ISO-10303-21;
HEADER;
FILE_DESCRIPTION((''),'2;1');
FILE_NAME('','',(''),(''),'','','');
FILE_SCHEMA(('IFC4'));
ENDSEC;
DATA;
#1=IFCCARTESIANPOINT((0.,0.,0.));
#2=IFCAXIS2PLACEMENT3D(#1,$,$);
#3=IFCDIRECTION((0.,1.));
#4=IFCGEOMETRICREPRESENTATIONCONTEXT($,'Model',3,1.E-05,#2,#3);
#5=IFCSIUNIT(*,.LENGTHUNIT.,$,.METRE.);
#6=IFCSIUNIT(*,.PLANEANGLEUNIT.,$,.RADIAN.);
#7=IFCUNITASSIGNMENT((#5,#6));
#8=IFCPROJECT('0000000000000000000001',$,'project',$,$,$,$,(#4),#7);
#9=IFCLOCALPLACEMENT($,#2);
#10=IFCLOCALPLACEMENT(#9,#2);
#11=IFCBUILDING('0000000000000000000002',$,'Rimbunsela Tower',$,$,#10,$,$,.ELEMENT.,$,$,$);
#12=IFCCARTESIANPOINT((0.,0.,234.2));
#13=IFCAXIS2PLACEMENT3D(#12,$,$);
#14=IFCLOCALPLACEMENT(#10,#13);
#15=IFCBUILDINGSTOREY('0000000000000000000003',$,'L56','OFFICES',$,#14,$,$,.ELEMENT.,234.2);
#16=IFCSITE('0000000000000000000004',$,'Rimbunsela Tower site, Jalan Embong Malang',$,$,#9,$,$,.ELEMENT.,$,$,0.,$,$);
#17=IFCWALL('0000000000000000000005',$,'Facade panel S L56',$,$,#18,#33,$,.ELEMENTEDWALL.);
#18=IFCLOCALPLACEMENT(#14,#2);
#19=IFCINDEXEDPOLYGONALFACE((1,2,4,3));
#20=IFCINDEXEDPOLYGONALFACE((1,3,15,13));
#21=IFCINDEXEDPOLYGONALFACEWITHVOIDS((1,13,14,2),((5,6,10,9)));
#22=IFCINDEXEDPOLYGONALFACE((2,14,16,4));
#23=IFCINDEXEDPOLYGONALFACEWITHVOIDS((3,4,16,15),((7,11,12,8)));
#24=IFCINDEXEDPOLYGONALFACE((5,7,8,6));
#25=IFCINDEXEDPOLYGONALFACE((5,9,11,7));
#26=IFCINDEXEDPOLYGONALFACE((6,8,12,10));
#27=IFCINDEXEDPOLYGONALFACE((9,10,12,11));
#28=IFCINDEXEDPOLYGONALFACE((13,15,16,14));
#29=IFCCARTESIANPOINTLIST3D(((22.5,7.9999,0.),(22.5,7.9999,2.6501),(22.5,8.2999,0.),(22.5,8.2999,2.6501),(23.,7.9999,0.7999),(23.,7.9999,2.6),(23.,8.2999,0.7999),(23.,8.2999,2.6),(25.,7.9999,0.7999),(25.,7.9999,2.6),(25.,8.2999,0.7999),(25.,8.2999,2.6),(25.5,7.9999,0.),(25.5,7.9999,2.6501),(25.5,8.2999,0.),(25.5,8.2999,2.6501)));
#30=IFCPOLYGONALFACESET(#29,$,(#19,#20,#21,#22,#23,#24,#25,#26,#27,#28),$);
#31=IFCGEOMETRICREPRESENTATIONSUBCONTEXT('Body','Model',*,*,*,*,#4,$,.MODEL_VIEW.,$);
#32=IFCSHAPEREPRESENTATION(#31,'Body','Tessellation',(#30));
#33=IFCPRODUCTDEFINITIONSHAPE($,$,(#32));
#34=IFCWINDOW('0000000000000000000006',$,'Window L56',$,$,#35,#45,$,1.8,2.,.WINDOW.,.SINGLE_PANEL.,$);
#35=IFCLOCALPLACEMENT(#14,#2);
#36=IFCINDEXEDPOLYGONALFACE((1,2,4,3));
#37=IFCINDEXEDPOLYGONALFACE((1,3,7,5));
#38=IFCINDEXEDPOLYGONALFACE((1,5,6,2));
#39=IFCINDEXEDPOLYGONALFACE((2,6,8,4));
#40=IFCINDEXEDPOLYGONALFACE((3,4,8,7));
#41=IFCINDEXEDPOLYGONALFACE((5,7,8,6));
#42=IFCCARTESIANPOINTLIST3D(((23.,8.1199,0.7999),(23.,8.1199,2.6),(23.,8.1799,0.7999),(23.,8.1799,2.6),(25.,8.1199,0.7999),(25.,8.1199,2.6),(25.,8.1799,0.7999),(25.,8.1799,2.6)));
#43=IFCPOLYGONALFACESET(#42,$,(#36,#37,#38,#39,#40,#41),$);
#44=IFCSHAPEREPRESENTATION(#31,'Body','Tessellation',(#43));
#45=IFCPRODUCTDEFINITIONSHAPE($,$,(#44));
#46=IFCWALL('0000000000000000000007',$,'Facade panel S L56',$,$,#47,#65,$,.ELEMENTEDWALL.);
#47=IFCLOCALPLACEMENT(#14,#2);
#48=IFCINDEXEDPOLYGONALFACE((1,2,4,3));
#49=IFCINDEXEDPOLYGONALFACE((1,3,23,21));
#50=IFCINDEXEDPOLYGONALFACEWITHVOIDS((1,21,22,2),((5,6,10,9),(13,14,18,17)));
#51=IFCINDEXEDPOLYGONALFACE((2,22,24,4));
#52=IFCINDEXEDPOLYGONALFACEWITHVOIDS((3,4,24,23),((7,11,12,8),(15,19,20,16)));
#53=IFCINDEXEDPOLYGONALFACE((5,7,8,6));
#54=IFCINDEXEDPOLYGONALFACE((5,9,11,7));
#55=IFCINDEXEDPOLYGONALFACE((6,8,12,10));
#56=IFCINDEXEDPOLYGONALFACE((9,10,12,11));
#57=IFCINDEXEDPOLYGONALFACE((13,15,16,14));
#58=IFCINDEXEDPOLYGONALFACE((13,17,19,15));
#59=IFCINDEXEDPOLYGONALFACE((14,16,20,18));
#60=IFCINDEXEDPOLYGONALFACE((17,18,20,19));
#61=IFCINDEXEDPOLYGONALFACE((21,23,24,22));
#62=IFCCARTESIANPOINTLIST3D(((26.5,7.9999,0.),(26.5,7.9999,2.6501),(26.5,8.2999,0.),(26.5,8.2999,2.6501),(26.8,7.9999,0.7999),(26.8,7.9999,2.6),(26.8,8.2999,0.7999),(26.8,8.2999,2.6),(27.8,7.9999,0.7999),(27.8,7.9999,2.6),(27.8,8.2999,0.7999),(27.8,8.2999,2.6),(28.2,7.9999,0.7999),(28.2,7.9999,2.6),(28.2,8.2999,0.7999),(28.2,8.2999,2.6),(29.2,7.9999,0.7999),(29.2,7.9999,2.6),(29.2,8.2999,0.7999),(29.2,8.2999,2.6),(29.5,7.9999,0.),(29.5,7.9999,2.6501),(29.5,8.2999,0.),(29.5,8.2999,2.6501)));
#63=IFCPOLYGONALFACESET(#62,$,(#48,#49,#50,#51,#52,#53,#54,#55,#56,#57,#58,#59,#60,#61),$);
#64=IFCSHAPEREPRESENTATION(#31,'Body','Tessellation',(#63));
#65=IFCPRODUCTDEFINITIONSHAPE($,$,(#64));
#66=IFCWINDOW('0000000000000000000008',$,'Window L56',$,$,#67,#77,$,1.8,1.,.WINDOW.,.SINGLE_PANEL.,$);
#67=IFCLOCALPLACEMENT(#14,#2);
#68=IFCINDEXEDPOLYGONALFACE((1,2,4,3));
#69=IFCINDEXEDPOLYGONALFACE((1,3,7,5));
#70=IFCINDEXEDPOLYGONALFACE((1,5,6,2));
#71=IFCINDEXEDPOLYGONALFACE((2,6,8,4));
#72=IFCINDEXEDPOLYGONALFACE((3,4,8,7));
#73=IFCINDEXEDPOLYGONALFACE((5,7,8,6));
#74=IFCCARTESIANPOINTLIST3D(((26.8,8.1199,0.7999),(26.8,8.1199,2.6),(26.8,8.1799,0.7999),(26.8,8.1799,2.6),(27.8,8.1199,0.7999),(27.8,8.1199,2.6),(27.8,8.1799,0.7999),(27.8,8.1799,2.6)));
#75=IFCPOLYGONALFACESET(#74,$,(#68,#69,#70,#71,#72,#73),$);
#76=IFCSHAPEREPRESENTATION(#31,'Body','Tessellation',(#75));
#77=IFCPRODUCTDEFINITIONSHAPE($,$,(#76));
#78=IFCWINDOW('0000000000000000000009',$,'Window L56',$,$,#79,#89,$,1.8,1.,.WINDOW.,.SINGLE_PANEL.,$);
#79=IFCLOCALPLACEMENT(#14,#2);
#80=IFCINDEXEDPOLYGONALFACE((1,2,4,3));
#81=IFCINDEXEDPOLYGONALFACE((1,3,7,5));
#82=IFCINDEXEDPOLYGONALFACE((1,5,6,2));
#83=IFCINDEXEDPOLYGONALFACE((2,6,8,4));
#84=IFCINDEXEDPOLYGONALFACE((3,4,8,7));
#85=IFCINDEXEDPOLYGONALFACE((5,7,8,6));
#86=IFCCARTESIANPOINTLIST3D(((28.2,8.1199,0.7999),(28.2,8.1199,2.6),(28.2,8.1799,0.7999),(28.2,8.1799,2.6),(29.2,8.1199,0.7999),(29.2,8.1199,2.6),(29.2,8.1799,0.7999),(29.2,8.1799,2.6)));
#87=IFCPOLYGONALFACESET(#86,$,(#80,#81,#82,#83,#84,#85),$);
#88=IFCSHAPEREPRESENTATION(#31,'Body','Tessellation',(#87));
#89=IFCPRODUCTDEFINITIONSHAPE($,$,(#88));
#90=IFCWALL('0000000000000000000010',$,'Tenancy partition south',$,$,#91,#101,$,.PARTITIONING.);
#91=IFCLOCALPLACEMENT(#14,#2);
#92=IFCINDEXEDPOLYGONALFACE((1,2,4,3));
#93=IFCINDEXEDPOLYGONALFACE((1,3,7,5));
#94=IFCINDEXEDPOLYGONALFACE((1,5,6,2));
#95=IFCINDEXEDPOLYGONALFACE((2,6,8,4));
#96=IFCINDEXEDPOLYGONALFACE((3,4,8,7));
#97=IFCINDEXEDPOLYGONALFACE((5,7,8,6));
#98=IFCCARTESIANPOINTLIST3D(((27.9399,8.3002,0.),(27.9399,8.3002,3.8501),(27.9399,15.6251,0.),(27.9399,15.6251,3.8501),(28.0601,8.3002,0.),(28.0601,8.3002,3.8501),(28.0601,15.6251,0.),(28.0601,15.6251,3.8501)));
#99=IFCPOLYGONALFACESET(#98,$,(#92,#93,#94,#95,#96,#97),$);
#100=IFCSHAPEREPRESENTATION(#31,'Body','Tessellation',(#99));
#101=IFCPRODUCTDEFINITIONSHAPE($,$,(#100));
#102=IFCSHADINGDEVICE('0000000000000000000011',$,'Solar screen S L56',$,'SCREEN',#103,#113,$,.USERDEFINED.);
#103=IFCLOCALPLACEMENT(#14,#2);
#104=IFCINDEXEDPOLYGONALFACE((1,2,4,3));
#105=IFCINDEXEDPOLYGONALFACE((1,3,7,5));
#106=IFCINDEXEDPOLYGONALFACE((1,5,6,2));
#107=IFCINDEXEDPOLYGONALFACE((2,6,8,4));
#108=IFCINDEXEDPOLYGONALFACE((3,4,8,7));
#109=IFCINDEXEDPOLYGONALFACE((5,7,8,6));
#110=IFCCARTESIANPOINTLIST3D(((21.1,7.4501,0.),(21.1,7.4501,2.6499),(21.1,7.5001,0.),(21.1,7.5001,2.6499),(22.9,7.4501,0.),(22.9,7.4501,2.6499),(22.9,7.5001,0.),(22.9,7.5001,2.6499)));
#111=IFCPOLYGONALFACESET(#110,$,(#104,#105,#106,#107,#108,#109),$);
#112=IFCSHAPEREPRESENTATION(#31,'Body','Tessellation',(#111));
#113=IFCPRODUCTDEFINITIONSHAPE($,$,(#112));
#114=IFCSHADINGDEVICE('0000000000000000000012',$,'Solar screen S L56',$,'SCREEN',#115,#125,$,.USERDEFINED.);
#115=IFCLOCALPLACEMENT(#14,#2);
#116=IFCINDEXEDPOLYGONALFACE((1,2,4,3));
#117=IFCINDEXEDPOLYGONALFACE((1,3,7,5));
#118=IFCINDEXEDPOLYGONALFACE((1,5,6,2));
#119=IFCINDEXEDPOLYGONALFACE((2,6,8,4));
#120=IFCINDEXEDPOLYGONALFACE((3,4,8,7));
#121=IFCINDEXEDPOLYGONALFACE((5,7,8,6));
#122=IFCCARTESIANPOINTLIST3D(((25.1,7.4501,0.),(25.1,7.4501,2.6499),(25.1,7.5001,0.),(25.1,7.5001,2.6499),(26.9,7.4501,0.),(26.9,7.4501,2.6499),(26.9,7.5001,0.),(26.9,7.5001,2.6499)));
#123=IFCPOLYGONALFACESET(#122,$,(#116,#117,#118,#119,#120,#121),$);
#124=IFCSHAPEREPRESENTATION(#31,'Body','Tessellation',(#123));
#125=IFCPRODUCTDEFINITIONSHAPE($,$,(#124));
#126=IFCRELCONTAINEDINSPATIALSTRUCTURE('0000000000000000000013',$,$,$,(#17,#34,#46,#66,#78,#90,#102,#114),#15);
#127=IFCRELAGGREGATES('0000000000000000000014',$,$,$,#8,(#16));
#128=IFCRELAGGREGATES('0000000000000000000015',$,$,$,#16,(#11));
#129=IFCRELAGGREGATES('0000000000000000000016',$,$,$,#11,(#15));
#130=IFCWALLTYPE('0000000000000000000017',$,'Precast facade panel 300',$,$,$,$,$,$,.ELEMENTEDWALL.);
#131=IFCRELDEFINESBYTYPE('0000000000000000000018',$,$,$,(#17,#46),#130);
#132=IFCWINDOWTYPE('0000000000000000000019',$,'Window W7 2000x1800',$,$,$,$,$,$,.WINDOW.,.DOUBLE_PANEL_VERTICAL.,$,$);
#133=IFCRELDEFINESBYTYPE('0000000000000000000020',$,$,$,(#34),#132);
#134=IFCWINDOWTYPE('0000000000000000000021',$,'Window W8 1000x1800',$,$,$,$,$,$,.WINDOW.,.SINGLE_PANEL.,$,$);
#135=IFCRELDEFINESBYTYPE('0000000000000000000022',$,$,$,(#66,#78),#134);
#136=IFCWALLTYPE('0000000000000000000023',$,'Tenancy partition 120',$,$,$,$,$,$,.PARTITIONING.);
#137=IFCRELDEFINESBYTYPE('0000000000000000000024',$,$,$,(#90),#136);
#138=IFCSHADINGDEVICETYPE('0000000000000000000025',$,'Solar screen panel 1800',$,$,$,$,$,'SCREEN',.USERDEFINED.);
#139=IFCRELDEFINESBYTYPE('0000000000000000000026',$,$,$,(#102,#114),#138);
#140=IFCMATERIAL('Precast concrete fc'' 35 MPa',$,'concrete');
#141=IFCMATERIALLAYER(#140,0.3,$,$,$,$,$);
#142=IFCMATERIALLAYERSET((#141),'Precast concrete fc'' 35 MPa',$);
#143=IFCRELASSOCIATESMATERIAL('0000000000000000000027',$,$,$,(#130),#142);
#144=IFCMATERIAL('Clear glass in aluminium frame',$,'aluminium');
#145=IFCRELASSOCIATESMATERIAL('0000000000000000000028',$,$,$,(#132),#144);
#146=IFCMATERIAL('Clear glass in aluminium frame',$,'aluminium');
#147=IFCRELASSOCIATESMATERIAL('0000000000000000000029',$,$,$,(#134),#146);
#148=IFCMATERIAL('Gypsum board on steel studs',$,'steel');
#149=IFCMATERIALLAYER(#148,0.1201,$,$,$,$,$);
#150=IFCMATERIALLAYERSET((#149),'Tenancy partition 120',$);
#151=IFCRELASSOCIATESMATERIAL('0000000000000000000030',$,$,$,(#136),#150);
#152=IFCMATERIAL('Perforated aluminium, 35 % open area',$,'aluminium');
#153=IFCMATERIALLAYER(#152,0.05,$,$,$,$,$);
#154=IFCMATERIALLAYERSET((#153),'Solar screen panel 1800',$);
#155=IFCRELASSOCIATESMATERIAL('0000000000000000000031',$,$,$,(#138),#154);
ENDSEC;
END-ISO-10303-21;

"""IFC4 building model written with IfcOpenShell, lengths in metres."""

from ifc_helpers import new_model, si_unit, direction, frame, frame_2d, origin, origin_2d, place, context, subcontext, project, spatial, rectangle, extrude, material, layer, layer_set, type_object, element, fill, save


model = new_model("IFC4")

# Units and contexts
model_context = context("Model", 3, precision=1e-05, world=origin(), true_north=direction((0.0, 1.0)))
body_context = subcontext(model_context, "Body", "Model", "MODEL_VIEW")
ifc_project = project(units=[si_unit("LENGTHUNIT", "METRE"), si_unit("PLANEANGLEUNIT", "RADIAN")], contexts=[model_context])

# Site, building, storey
site_placement = place(None, origin())
site = spatial("IfcSite", under=ifc_project, at=site_placement, Name="Rimbunsela Tower site, Jalan Embong Malang", CompositionType="ELEMENT", RefElevation=0.0)
building_placement = place(site_placement, origin())
building = spatial("IfcBuilding", under=site, at=building_placement, Name="Rimbunsela Tower", CompositionType="ELEMENT")
storey_placement = place(building_placement, frame((0.0, 0.0, 234.2)))
storey = spatial("IfcBuildingStorey", under=building, at=storey_placement, Name="L56", Description="OFFICES", CompositionType="ELEMENT", Elevation=234.2)

# Wall, opening, window
ifc_material_1 = material(Name="Precast concrete fc' 35 MPa", Category="concrete")
ifc_layer_1 = layer(ifc_material_1, 0.3)
ifc_layer_set_1 = layer_set([ifc_layer_1], Name="Precast concrete fc' 35 MPa")
wall_type_1 = type_object("IfcWallType", Name="Precast facade panel 300", PredefinedType="ELEMENTEDWALL", material=ifc_layer_set_1)
wall_1_placement = place(storey_placement, frame((22.5, 8.1499, 0.0), z_axis=(0.0, 0.0, 1.0), x_axis=(1.0, 0.0, 0.0)))
wall_1 = element("IfcWall", 1, at=wall_1_placement, inside=storey, type_object=wall_type_1, Name="Facade panel S L56", PredefinedType="ELEMENTEDWALL", context=body_context, shape_type="SweptSolid", body=[
    extrude(rectangle(XDim=3.0, YDim=0.3, at=frame_2d((1.5, 0.0))), origin(), (0.0, 0.0, 1.0), 2.6501),
])
opening_1_placement = place(wall_1_placement, frame((0.5, 0.0, 0.8)))
opening_1 = element("IfcOpeningElement", 2, at=opening_1_placement, cuts=wall_1, PredefinedType="OPENING", context=body_context, shape_type="SweptSolid", body=[
    extrude(rectangle(XDim=2.0, YDim=1.8, at=frame_2d((1.0, 0.8999))), frame((0.0, 0.1599, 0.0), z_axis=(0.0, -1.0, 0.0), x_axis=(1.0, 0.0, 0.0)), (0.0, 0.0, 1.0), 0.3201),
])
ifc_material_2 = material(Name="Clear glass in aluminium frame", Category="aluminium")
window_type_1 = type_object("IfcWindowType", Name="Window W7 2000x1800", PartitioningType="DOUBLE_PANEL_VERTICAL", PredefinedType="WINDOW", material=ifc_material_2)
window_1_placement = place(opening_1_placement, origin())
window_1 = element("IfcWindow", 3, at=window_1_placement, inside=storey, type_object=window_type_1, Name="Window L56", OverallHeight=1.8, OverallWidth=2.0, PartitioningType="SINGLE_PANEL", PredefinedType="WINDOW", context=body_context, shape_type="SweptSolid", body=[
    extrude(rectangle(XDim=2.0, YDim=1.8, at=frame_2d((1.0, 0.8999))), frame((0.0, 0.03, 0.0), z_axis=(0.0, -1.0, 0.0), x_axis=(1.0, 0.0, 0.0)), (0.0, 0.0, 1.0), 0.0601),
])
fill(opening_1, window_1)

# Wall, openings, windows
wall_2_placement = place(storey_placement, frame((26.5, 8.1499, 0.0), z_axis=(0.0, 0.0, 1.0), x_axis=(1.0, 0.0, 0.0)))
wall_2 = element("IfcWall", 4, at=wall_2_placement, inside=storey, type_object=wall_type_1, Name="Facade panel S L56", PredefinedType="ELEMENTEDWALL", context=body_context, shape_type="SweptSolid", body=[
    extrude(rectangle(XDim=3.0, YDim=0.3, at=frame_2d((1.5, 0.0))), origin(), (0.0, 0.0, 1.0), 2.6501),
])
opening_2_placement = place(wall_2_placement, frame((0.3, 0.0, 0.8)))
opening_2 = element("IfcOpeningElement", 5, at=opening_2_placement, cuts=wall_2, PredefinedType="OPENING", context=body_context, shape_type="SweptSolid", body=[
    extrude(rectangle(XDim=1.0, YDim=1.8, at=frame_2d((0.5, 0.8999))), frame((0.0, 0.1599, 0.0), z_axis=(0.0, -1.0, 0.0), x_axis=(1.0, 0.0, 0.0)), (0.0, 0.0, 1.0), 0.3201),
])
opening_3_placement = place(wall_2_placement, frame((1.7, 0.0, 0.8)))
opening_3 = element("IfcOpeningElement", 6, at=opening_3_placement, cuts=wall_2, PredefinedType="OPENING", context=body_context, shape_type="SweptSolid", body=[
    extrude(rectangle(XDim=1.0, YDim=1.8, at=frame_2d((0.5, 0.8999))), frame((0.0, 0.1599, 0.0), z_axis=(0.0, -1.0, 0.0), x_axis=(1.0, 0.0, 0.0)), (0.0, 0.0, 1.0), 0.3201),
])
ifc_material_3 = material(Name="Clear glass in aluminium frame", Category="aluminium")
window_type_2 = type_object("IfcWindowType", Name="Window W8 1000x1800", PartitioningType="SINGLE_PANEL", PredefinedType="WINDOW", material=ifc_material_3)
window_2_placement = place(opening_2_placement, origin())
window_2 = element("IfcWindow", 7, at=window_2_placement, inside=storey, type_object=window_type_2, Name="Window L56", OverallHeight=1.8, OverallWidth=1.0, PartitioningType="SINGLE_PANEL", PredefinedType="WINDOW", context=body_context, shape_type="SweptSolid", body=[
    extrude(rectangle(XDim=1.0, YDim=1.8, at=frame_2d((0.5, 0.8999))), frame((0.0, 0.03, 0.0), z_axis=(0.0, -1.0, 0.0), x_axis=(1.0, 0.0, 0.0)), (0.0, 0.0, 1.0), 0.0601),
])
fill(opening_2, window_2)
window_3_placement = place(opening_3_placement, origin())
window_3 = element("IfcWindow", 8, at=window_3_placement, inside=storey, type_object=window_type_2, Name="Window L56", OverallHeight=1.8, OverallWidth=1.0, PartitioningType="SINGLE_PANEL", PredefinedType="WINDOW", context=body_context, shape_type="SweptSolid", body=[
    extrude(rectangle(XDim=1.0, YDim=1.8, at=frame_2d((0.5, 0.8999))), frame((0.0, 0.03, 0.0), z_axis=(0.0, -1.0, 0.0), x_axis=(1.0, 0.0, 0.0)), (0.0, 0.0, 1.0), 0.0601),
])
fill(opening_3, window_3)

# Wall
ifc_material_4 = material(Name="Gypsum board on steel studs", Category="steel")
ifc_layer_2 = layer(ifc_material_4, 0.1201)
ifc_layer_set_2 = layer_set([ifc_layer_2], Name="Tenancy partition 120")
wall_type_2 = type_object("IfcWallType", Name="Tenancy partition 120", PredefinedType="PARTITIONING", material=ifc_layer_set_2)
wall_3_placement = place(storey_placement, frame((28.0, 8.3, 0.0), z_axis=(0.0, 0.0, 1.0), x_axis=(0.0, 1.0, 0.0)))
element("IfcWall", 9, at=wall_3_placement, inside=storey, type_object=wall_type_2, Name="Tenancy partition south", PredefinedType="PARTITIONING", context=body_context, shape_type="SweptSolid", body=[
    extrude(rectangle(XDim=7.325, YDim=0.1201, at=frame_2d((3.6626, 0.0))), origin(), (0.0, 0.0, 1.0), 3.8501),
])

# Shading devices
ifc_material_5 = material(Name="Perforated aluminium, 35 % open area", Category="aluminium")
ifc_layer_3 = layer(ifc_material_5, 0.05)
ifc_layer_set_3 = layer_set([ifc_layer_3], Name="Solar screen panel 1800")
shading_device_type = type_object("IfcShadingDeviceType", Name="Solar screen panel 1800", ElementType="SCREEN", PredefinedType="USERDEFINED", material=ifc_layer_set_3)
for number, where, z_axis, x_axis, name in (
    (10, (22.0, 7.4751, 0.0), (0.0, 0.0, 1.0), (1.0, 0.0, 0.0), "Solar screen S L56"),
    (11, (26.0, 7.4751, 0.0), (0.0, 0.0, 1.0), (1.0, 0.0, 0.0), "Solar screen S L56"),
):
    element("IfcShadingDevice", number, at=place(storey_placement, frame(where, z_axis=z_axis, x_axis=x_axis)), inside=storey, type_object=shading_device_type, Name=name, ObjectType="SCREEN", PredefinedType="USERDEFINED", context=body_context, shape_type="SweptSolid", body=[
        extrude(rectangle(XDim=1.8, YDim=0.05, at=origin_2d()), origin(), (0.0, 0.0, 1.0), 2.6499),
    ])

save(model, "model.ifc")
